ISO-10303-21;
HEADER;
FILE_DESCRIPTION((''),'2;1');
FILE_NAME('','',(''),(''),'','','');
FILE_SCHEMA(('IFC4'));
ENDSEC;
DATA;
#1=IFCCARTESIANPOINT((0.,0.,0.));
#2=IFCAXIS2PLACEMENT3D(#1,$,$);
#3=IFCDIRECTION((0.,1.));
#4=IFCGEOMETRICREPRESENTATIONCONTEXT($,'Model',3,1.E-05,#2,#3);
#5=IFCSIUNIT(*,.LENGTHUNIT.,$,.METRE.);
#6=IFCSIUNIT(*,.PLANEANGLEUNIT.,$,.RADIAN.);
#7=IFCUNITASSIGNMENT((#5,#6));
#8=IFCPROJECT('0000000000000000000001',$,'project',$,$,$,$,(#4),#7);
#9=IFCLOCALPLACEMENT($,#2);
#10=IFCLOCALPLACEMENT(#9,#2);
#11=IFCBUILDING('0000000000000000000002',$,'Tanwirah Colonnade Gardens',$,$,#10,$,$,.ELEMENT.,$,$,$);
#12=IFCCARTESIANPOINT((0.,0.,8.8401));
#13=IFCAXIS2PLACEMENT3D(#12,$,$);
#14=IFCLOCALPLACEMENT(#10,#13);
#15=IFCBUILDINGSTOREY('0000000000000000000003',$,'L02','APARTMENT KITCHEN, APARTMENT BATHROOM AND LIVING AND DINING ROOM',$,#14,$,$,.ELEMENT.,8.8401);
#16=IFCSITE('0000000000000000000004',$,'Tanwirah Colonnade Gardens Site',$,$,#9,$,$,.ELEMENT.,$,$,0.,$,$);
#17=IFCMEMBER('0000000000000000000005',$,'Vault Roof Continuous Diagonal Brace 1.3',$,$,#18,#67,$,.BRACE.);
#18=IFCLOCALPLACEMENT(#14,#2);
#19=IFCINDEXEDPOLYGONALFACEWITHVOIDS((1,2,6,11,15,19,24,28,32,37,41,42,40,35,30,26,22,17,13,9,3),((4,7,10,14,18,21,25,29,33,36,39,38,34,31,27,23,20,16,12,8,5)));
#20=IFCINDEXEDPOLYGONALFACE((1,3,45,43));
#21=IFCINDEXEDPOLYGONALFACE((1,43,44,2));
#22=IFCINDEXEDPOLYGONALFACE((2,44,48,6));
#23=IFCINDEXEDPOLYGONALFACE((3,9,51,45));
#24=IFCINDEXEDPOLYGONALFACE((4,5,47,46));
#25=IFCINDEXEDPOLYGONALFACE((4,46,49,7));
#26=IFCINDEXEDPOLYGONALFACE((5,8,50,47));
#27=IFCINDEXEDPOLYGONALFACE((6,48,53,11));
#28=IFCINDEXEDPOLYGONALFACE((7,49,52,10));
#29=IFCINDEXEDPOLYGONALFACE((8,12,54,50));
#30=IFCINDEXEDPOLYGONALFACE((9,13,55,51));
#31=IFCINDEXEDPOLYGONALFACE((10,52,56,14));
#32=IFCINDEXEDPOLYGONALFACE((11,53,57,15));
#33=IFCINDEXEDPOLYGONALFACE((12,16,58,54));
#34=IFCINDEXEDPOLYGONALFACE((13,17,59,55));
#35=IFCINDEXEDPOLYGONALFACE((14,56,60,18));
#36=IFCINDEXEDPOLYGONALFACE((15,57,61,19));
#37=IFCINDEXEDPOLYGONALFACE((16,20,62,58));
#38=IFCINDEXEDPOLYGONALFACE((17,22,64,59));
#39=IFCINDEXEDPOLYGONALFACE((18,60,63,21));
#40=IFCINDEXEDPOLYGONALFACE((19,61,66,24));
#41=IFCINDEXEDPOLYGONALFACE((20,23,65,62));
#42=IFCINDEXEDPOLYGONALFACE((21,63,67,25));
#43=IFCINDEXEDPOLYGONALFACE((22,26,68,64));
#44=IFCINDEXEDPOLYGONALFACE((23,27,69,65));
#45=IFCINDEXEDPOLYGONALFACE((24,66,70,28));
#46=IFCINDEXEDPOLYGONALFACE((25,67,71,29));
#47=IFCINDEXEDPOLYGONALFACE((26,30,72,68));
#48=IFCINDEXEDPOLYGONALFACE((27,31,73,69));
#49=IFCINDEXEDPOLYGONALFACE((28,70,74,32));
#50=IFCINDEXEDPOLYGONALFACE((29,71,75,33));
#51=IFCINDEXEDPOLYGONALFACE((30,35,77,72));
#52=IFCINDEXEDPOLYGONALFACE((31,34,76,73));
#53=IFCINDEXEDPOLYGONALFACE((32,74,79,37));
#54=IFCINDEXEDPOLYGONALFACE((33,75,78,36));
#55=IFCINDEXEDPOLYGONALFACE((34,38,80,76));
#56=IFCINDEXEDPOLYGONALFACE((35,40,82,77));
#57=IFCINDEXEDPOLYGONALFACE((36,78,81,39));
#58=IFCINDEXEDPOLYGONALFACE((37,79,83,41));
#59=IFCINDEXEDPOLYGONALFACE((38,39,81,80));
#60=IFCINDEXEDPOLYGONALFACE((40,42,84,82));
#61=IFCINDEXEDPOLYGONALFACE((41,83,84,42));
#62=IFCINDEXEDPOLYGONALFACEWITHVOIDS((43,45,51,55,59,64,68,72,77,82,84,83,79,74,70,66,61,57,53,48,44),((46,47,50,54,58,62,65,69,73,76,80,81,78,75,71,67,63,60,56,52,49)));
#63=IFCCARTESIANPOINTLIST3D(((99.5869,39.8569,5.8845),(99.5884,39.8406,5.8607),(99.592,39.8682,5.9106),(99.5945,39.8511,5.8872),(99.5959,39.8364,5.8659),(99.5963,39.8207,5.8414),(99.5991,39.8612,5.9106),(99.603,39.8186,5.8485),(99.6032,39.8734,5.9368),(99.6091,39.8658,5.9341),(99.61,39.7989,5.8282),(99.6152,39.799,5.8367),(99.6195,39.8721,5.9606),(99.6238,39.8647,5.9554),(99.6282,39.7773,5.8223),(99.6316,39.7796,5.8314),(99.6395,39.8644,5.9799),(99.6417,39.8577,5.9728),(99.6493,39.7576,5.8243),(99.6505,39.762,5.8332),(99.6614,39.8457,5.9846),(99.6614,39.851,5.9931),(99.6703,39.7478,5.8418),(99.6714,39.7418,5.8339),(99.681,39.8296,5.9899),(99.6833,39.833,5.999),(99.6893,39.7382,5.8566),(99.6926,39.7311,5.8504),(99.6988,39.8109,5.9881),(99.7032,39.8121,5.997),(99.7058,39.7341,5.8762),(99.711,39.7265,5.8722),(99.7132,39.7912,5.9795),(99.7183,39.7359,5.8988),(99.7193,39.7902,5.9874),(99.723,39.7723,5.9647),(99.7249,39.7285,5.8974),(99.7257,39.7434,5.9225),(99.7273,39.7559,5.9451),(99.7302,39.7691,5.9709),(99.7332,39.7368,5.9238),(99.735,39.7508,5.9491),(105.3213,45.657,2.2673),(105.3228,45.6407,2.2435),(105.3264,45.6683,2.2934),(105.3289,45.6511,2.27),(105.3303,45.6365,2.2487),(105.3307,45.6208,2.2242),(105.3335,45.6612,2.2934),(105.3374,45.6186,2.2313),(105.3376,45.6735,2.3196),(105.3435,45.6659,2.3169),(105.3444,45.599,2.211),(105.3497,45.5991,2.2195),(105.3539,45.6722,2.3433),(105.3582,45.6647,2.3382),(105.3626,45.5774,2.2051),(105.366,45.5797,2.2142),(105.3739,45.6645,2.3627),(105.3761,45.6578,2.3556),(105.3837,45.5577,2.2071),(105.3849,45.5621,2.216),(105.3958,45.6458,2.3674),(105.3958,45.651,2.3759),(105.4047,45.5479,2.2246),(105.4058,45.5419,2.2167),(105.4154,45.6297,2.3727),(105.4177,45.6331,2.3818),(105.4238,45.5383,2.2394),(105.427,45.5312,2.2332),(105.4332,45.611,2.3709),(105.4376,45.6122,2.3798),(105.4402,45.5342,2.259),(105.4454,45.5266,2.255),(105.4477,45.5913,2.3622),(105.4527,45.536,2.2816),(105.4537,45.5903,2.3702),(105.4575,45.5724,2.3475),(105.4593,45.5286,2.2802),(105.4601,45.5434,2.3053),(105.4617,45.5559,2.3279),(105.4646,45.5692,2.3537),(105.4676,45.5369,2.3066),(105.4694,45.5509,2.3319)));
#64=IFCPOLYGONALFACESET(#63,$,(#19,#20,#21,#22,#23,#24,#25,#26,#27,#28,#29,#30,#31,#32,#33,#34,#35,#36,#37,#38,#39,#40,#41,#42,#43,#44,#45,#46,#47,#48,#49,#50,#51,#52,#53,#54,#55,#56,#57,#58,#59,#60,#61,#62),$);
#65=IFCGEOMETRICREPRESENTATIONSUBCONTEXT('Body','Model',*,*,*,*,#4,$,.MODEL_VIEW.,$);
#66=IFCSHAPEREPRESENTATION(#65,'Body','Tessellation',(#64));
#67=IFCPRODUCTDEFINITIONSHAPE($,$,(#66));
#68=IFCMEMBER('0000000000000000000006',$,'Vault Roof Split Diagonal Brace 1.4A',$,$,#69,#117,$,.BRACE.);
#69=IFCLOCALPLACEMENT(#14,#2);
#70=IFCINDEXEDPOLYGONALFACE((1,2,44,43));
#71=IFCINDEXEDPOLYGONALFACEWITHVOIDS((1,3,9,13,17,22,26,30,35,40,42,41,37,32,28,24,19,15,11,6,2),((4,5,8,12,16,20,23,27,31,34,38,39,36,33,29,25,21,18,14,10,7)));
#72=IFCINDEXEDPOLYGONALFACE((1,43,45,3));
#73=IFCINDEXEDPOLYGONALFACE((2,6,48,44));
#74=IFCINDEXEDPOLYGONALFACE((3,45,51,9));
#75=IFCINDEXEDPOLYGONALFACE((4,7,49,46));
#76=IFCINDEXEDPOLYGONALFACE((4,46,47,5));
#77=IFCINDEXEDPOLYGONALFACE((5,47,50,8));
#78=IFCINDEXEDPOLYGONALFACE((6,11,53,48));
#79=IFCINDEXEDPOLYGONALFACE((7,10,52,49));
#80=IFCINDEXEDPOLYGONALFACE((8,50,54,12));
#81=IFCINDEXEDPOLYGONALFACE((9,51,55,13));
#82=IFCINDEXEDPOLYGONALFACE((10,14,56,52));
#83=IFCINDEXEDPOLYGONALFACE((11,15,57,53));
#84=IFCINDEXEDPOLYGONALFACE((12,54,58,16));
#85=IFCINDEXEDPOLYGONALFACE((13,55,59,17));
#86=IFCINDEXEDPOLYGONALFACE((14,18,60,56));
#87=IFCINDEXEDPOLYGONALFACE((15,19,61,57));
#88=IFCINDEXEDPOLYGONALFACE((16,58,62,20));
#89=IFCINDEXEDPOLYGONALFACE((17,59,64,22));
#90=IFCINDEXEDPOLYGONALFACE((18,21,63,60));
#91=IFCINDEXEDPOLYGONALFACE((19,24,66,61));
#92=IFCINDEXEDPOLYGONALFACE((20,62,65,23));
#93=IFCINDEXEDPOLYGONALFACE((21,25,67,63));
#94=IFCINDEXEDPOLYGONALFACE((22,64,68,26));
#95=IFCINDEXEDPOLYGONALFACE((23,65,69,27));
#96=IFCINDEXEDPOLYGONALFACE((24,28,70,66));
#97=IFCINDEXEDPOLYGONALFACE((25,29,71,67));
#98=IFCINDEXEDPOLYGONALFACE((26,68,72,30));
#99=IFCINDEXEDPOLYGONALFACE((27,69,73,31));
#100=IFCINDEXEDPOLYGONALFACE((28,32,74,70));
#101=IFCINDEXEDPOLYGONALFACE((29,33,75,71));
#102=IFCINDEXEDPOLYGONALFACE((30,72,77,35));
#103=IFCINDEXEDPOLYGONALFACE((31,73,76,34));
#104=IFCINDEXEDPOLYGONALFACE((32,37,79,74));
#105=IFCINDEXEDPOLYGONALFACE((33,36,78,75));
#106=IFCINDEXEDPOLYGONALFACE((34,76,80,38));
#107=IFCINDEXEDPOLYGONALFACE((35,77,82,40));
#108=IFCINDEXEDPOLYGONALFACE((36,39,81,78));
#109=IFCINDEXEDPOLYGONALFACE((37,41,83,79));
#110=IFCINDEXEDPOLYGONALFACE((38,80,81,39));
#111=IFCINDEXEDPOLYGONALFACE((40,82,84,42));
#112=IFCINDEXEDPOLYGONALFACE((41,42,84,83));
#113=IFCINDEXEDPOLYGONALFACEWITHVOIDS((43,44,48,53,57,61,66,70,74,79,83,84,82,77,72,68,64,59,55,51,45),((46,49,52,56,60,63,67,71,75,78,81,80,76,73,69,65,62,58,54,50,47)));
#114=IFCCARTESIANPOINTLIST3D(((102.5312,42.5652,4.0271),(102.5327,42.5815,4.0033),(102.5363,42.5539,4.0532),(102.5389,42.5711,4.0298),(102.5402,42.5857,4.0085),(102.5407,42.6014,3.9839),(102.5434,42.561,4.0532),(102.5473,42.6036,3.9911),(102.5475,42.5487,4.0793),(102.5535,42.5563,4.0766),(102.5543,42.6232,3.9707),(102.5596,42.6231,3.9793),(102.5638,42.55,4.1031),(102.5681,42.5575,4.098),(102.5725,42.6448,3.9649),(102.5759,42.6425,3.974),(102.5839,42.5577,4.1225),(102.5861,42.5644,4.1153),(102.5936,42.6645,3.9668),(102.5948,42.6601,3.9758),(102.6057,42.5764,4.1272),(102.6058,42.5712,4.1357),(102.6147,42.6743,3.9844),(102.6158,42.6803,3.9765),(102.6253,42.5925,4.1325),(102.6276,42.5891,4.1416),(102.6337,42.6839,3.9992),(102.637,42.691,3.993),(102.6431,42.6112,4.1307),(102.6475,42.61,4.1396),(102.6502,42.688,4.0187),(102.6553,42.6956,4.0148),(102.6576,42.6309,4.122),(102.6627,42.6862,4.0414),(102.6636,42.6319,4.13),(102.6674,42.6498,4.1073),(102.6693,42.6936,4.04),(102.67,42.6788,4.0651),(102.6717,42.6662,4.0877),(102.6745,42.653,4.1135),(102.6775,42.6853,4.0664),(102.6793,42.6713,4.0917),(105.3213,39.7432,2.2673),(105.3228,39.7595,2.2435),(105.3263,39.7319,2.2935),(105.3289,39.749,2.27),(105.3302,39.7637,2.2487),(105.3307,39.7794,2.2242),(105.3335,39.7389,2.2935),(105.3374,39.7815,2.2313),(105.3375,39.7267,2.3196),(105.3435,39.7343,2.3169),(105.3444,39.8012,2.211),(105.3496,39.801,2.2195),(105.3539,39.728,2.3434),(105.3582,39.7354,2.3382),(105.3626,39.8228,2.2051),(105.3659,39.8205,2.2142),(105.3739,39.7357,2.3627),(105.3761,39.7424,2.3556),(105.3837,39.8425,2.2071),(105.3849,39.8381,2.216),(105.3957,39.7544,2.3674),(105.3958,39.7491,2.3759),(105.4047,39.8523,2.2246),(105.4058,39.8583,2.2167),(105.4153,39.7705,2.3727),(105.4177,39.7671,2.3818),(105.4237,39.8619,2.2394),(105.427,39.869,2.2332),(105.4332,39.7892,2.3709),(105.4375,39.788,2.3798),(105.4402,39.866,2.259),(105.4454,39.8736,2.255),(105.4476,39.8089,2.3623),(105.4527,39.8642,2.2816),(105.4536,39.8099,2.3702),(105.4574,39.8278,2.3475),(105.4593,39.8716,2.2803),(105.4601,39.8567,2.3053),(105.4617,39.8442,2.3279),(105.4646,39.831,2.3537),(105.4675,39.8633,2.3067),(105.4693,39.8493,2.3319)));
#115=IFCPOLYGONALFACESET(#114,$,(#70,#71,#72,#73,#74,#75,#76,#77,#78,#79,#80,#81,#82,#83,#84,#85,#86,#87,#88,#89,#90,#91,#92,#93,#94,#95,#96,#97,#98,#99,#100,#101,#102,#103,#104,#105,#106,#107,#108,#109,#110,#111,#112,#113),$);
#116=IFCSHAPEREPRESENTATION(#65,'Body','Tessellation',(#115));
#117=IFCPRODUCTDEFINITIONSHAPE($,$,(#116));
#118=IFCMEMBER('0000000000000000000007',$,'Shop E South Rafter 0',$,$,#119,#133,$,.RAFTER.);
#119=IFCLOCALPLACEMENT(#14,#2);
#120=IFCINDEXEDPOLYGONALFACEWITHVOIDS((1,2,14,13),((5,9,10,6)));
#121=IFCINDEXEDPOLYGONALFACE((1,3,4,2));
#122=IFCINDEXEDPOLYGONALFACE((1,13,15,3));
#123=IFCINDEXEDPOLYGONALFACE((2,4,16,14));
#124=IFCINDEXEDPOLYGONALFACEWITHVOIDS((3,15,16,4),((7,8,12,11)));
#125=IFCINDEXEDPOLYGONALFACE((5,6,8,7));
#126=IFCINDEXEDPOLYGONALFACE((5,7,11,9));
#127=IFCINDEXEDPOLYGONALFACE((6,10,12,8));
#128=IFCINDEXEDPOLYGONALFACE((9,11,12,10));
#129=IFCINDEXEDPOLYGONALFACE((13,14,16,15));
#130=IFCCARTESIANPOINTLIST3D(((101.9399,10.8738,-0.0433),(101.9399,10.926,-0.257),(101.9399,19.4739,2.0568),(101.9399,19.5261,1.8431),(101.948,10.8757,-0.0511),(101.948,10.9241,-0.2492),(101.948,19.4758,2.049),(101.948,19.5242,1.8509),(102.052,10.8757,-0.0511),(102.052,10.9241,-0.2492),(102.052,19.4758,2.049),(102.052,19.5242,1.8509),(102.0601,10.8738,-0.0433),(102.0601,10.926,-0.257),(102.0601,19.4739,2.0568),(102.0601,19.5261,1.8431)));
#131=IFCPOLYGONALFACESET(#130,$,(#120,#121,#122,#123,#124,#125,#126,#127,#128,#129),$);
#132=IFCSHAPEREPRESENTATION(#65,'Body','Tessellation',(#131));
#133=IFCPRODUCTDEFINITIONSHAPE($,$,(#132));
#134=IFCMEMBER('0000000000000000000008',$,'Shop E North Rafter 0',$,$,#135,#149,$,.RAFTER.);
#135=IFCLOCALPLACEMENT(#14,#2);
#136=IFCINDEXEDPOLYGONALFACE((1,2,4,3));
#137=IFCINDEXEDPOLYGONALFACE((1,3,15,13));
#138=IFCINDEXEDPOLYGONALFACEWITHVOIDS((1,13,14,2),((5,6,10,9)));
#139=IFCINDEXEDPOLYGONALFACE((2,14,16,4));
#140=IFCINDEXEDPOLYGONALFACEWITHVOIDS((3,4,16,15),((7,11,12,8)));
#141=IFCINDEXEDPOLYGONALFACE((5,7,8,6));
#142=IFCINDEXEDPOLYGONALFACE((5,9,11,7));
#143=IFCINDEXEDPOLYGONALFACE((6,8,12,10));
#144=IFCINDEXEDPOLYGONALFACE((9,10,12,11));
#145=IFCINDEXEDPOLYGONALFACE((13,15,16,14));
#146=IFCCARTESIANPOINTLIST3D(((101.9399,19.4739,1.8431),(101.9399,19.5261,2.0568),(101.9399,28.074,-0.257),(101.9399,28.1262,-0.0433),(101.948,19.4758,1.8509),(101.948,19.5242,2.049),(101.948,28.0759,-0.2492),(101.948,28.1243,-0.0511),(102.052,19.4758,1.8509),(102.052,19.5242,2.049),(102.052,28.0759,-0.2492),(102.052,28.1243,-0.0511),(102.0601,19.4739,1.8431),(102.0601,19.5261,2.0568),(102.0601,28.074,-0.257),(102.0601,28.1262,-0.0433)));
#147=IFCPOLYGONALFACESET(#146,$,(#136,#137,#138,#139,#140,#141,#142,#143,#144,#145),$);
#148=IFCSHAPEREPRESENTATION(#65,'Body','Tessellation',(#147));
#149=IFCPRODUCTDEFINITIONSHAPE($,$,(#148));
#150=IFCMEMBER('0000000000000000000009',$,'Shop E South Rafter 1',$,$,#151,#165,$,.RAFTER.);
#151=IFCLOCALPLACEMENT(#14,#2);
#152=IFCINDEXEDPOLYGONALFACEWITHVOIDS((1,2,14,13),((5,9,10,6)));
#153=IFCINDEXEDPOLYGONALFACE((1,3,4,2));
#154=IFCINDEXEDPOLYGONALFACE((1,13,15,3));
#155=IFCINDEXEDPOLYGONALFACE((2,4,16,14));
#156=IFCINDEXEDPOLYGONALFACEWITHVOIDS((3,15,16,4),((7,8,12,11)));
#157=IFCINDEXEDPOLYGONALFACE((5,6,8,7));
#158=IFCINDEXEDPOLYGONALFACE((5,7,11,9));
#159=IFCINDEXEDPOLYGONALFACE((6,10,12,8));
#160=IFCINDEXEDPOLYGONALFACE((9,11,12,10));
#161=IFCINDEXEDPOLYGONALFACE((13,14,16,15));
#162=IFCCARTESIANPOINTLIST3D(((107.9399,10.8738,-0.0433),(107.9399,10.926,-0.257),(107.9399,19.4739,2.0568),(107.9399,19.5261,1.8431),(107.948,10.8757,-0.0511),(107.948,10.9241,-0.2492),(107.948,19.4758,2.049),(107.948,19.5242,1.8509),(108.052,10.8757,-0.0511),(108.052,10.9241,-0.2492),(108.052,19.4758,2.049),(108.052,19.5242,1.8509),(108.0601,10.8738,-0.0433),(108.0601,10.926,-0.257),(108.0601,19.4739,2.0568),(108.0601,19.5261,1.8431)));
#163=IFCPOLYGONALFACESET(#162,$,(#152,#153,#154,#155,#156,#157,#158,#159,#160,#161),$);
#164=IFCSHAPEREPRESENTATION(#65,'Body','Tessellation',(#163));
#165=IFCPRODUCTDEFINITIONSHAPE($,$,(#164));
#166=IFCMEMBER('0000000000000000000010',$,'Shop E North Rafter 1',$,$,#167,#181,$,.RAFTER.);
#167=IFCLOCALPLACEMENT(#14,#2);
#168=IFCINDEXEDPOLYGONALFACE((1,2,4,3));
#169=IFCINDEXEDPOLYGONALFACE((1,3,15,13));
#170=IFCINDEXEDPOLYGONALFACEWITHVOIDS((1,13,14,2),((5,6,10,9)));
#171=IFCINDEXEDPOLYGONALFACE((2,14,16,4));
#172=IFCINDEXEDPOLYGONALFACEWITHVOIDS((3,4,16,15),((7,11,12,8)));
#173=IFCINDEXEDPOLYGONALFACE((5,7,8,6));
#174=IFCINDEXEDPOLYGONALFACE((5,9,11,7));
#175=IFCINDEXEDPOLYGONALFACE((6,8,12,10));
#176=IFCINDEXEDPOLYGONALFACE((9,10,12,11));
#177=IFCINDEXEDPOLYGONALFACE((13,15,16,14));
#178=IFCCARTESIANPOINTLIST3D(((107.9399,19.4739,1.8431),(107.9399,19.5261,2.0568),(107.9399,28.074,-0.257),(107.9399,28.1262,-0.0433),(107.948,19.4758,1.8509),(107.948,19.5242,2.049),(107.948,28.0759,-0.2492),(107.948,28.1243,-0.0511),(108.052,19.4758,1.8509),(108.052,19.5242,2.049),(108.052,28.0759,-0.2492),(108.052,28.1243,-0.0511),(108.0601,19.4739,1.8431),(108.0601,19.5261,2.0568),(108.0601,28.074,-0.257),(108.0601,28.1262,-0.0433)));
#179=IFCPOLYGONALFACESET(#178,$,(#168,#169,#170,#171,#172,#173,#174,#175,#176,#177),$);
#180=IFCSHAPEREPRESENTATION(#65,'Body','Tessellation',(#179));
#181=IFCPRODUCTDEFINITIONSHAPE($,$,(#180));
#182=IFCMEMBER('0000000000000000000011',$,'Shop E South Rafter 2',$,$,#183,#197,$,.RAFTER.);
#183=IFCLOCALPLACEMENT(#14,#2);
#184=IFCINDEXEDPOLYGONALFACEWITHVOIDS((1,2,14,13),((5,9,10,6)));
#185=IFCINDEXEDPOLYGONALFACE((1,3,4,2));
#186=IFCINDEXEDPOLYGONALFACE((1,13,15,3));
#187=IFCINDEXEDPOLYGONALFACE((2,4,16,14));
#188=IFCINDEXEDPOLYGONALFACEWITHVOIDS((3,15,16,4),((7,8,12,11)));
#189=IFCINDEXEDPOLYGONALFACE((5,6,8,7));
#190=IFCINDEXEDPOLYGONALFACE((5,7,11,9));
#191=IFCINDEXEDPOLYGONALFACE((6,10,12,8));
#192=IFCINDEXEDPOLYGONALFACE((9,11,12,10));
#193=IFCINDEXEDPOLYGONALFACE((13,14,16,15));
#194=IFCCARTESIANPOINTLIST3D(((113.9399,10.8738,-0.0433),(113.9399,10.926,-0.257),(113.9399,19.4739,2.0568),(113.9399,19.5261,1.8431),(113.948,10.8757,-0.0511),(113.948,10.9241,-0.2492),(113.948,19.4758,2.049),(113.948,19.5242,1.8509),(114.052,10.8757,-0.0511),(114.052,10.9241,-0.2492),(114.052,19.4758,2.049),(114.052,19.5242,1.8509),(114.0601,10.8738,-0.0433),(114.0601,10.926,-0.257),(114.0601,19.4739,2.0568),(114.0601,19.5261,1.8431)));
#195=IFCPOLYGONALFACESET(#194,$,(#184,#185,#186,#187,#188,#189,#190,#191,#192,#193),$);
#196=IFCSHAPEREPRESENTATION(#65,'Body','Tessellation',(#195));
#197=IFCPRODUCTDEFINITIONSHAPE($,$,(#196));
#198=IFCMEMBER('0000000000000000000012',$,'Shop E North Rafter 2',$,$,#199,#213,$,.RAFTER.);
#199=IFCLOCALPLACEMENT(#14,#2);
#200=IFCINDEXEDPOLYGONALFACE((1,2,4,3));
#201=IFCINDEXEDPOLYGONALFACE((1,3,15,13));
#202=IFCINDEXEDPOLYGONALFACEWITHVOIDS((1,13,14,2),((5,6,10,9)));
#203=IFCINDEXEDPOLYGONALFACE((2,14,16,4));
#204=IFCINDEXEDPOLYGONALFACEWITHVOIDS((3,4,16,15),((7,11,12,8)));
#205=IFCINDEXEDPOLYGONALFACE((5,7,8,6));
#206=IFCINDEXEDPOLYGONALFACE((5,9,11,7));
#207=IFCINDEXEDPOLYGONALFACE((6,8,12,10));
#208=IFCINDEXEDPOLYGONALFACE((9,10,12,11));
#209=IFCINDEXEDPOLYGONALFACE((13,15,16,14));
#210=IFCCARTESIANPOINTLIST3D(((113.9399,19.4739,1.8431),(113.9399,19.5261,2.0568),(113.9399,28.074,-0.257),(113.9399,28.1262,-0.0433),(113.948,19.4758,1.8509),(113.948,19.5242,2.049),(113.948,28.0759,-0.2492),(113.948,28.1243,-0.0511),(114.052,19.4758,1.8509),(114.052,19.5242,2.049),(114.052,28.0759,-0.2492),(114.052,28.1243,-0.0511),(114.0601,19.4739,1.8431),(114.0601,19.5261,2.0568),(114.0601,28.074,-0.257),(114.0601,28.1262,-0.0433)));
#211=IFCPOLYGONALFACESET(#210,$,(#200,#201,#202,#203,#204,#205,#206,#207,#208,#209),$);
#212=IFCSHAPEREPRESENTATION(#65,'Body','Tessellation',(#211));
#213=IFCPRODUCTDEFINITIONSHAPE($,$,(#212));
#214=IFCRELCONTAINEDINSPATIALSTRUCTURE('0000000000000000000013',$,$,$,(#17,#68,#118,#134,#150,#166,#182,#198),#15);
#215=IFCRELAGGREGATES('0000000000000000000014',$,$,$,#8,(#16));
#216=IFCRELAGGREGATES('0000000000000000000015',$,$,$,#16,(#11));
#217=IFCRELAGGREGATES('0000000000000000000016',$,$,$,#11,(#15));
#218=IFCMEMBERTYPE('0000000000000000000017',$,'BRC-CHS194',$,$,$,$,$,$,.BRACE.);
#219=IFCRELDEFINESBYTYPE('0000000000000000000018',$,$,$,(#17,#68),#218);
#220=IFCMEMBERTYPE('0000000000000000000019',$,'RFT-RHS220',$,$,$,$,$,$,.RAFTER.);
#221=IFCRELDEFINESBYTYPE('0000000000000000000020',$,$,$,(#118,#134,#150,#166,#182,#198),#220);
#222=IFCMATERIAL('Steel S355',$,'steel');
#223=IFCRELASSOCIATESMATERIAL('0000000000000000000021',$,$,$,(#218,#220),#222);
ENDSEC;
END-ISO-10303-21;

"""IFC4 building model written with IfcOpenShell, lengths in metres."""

from ifc_helpers import new_model, si_unit, direction, frame, origin, origin_2d, place, context, subcontext, project, spatial, hollow_rectangle, hollow_circle, extrude, material, material_profile, profile_set, type_object, element, save


model = new_model("IFC4")

# Units and contexts
model_context = context("Model", 3, precision=1e-05, world=origin(), true_north=direction((0.0, 1.0)))
body_context = subcontext(model_context, "Body", "Model", "MODEL_VIEW")
ifc_project = project(units=[si_unit("LENGTHUNIT", "METRE"), si_unit("PLANEANGLEUNIT", "RADIAN")], contexts=[model_context])

# Site, building, storey
site_placement = place(None, origin())
site = spatial("IfcSite", under=ifc_project, at=site_placement, Name="Tanwirah Colonnade Gardens Site", CompositionType="ELEMENT", RefElevation=0.0)
building_placement = place(site_placement, origin())
building = spatial("IfcBuilding", under=site, at=building_placement, Name="Tanwirah Colonnade Gardens", CompositionType="ELEMENT")
storey_placement = place(building_placement, frame((0.0, 0.0, 8.8401)))
storey = spatial("IfcBuildingStorey", under=building, at=storey_placement, Name="L02", Description="APARTMENT KITCHEN, APARTMENT BATHROOM AND LIVING AND DINING ROOM", CompositionType="ELEMENT", Elevation=8.8401)

# Members
ifc_material_1 = material(Name="Steel S355", Category="steel")
ifc_material_profile_1 = material_profile(ifc_material_1, hollow_circle(Radius=0.0969, WallThickness=0.01, at=origin_2d()), Name="CHS 193.7x10")
ifc_profile_set_1 = profile_set([ifc_material_profile_1], Name="Steel S355")
member_type_1 = type_object("IfcMemberType", Name="BRC-CHS194", PredefinedType="BRACE", material=ifc_profile_set_1)
member_1_placement = place(storey_placement, frame((99.6609, 39.8, 5.9106), z_axis=(0.642701, 0.650061, -0.405409), x_axis=(-0.711121, 0.703069, 0.0)))
element("IfcMember", 1, at=member_1_placement, inside=storey, type_object=member_type_1, Name="Vault Roof Continuous Diagonal Brace 1.3", PredefinedType="BRACE", context=body_context, shape_type="SweptSolid", body=[
    extrude(hollow_circle(Radius=0.0969, WallThickness=0.01, at=origin_2d()), origin(), (0.0, 0.0, 1.0), 8.9224),
])
member_2_placement = place(storey_placement, frame((105.3953, 39.8, 2.2935), z_axis=(-0.642708, 0.650075, 0.405376), x_axis=(-0.711125, -0.703066, 0.0)))
element("IfcMember", 2, at=member_2_placement, inside=storey, type_object=member_type_1, Name="Vault Roof Split Diagonal Brace 1.4A", PredefinedType="BRACE", context=body_context, shape_type="SweptSolid", body=[
    extrude(hollow_circle(Radius=0.0969, WallThickness=0.01, at=origin_2d()), origin(), (0.0, 0.0, 1.0), 4.3411),
])
ifc_material_profile_2 = material_profile(ifc_material_1, hollow_rectangle(XDim=0.1201, YDim=0.22, WallThickness=0.0081, at=origin_2d()), Name="RHS 220x120x8")
ifc_profile_set_2 = profile_set([ifc_material_profile_2], Name="Steel S355")
member_type_2 = type_object("IfcMemberType", Name="RFT-RHS220", PredefinedType="RAFTER", material=ifc_profile_set_2)
for number, where, z_axis, x_axis, name in (
    (3, (102.0, 10.8999, -0.1501), (0.0, 0.971455, 0.237224), (-1.0, 0.0, 0.0), "Shop E South Rafter 0"),
    (4, (102.0, 28.1001, -0.1501), (0.0, -0.971455, 0.237224), (1.0, 0.0, 0.0), "Shop E North Rafter 0"),
    (5, (108.0, 10.8999, -0.1501), (0.0, 0.971455, 0.237224), (-1.0, 0.0, 0.0), "Shop E South Rafter 1"),
    (6, (108.0, 28.1001, -0.1501), (0.0, -0.971455, 0.237224), (1.0, 0.0, 0.0), "Shop E North Rafter 1"),
    (7, (114.0, 10.8999, -0.1501), (0.0, 0.971455, 0.237224), (-1.0, 0.0, 0.0), "Shop E South Rafter 2"),
    (8, (114.0, 28.1001, -0.1501), (0.0, -0.971455, 0.237224), (1.0, 0.0, 0.0), "Shop E North Rafter 2"),
):
    element("IfcMember", number, at=place(storey_placement, frame(where, z_axis=z_axis, x_axis=x_axis)), inside=storey, type_object=member_type_2, Name=name, PredefinedType="RAFTER", context=body_context, shape_type="SweptSolid", body=[
        extrude(hollow_rectangle(XDim=0.1201, YDim=0.22, WallThickness=0.0081, at=origin_2d()), origin(), (0.0, 0.0, 1.0), 8.8528),
    ])

save(model, "model.ifc")
